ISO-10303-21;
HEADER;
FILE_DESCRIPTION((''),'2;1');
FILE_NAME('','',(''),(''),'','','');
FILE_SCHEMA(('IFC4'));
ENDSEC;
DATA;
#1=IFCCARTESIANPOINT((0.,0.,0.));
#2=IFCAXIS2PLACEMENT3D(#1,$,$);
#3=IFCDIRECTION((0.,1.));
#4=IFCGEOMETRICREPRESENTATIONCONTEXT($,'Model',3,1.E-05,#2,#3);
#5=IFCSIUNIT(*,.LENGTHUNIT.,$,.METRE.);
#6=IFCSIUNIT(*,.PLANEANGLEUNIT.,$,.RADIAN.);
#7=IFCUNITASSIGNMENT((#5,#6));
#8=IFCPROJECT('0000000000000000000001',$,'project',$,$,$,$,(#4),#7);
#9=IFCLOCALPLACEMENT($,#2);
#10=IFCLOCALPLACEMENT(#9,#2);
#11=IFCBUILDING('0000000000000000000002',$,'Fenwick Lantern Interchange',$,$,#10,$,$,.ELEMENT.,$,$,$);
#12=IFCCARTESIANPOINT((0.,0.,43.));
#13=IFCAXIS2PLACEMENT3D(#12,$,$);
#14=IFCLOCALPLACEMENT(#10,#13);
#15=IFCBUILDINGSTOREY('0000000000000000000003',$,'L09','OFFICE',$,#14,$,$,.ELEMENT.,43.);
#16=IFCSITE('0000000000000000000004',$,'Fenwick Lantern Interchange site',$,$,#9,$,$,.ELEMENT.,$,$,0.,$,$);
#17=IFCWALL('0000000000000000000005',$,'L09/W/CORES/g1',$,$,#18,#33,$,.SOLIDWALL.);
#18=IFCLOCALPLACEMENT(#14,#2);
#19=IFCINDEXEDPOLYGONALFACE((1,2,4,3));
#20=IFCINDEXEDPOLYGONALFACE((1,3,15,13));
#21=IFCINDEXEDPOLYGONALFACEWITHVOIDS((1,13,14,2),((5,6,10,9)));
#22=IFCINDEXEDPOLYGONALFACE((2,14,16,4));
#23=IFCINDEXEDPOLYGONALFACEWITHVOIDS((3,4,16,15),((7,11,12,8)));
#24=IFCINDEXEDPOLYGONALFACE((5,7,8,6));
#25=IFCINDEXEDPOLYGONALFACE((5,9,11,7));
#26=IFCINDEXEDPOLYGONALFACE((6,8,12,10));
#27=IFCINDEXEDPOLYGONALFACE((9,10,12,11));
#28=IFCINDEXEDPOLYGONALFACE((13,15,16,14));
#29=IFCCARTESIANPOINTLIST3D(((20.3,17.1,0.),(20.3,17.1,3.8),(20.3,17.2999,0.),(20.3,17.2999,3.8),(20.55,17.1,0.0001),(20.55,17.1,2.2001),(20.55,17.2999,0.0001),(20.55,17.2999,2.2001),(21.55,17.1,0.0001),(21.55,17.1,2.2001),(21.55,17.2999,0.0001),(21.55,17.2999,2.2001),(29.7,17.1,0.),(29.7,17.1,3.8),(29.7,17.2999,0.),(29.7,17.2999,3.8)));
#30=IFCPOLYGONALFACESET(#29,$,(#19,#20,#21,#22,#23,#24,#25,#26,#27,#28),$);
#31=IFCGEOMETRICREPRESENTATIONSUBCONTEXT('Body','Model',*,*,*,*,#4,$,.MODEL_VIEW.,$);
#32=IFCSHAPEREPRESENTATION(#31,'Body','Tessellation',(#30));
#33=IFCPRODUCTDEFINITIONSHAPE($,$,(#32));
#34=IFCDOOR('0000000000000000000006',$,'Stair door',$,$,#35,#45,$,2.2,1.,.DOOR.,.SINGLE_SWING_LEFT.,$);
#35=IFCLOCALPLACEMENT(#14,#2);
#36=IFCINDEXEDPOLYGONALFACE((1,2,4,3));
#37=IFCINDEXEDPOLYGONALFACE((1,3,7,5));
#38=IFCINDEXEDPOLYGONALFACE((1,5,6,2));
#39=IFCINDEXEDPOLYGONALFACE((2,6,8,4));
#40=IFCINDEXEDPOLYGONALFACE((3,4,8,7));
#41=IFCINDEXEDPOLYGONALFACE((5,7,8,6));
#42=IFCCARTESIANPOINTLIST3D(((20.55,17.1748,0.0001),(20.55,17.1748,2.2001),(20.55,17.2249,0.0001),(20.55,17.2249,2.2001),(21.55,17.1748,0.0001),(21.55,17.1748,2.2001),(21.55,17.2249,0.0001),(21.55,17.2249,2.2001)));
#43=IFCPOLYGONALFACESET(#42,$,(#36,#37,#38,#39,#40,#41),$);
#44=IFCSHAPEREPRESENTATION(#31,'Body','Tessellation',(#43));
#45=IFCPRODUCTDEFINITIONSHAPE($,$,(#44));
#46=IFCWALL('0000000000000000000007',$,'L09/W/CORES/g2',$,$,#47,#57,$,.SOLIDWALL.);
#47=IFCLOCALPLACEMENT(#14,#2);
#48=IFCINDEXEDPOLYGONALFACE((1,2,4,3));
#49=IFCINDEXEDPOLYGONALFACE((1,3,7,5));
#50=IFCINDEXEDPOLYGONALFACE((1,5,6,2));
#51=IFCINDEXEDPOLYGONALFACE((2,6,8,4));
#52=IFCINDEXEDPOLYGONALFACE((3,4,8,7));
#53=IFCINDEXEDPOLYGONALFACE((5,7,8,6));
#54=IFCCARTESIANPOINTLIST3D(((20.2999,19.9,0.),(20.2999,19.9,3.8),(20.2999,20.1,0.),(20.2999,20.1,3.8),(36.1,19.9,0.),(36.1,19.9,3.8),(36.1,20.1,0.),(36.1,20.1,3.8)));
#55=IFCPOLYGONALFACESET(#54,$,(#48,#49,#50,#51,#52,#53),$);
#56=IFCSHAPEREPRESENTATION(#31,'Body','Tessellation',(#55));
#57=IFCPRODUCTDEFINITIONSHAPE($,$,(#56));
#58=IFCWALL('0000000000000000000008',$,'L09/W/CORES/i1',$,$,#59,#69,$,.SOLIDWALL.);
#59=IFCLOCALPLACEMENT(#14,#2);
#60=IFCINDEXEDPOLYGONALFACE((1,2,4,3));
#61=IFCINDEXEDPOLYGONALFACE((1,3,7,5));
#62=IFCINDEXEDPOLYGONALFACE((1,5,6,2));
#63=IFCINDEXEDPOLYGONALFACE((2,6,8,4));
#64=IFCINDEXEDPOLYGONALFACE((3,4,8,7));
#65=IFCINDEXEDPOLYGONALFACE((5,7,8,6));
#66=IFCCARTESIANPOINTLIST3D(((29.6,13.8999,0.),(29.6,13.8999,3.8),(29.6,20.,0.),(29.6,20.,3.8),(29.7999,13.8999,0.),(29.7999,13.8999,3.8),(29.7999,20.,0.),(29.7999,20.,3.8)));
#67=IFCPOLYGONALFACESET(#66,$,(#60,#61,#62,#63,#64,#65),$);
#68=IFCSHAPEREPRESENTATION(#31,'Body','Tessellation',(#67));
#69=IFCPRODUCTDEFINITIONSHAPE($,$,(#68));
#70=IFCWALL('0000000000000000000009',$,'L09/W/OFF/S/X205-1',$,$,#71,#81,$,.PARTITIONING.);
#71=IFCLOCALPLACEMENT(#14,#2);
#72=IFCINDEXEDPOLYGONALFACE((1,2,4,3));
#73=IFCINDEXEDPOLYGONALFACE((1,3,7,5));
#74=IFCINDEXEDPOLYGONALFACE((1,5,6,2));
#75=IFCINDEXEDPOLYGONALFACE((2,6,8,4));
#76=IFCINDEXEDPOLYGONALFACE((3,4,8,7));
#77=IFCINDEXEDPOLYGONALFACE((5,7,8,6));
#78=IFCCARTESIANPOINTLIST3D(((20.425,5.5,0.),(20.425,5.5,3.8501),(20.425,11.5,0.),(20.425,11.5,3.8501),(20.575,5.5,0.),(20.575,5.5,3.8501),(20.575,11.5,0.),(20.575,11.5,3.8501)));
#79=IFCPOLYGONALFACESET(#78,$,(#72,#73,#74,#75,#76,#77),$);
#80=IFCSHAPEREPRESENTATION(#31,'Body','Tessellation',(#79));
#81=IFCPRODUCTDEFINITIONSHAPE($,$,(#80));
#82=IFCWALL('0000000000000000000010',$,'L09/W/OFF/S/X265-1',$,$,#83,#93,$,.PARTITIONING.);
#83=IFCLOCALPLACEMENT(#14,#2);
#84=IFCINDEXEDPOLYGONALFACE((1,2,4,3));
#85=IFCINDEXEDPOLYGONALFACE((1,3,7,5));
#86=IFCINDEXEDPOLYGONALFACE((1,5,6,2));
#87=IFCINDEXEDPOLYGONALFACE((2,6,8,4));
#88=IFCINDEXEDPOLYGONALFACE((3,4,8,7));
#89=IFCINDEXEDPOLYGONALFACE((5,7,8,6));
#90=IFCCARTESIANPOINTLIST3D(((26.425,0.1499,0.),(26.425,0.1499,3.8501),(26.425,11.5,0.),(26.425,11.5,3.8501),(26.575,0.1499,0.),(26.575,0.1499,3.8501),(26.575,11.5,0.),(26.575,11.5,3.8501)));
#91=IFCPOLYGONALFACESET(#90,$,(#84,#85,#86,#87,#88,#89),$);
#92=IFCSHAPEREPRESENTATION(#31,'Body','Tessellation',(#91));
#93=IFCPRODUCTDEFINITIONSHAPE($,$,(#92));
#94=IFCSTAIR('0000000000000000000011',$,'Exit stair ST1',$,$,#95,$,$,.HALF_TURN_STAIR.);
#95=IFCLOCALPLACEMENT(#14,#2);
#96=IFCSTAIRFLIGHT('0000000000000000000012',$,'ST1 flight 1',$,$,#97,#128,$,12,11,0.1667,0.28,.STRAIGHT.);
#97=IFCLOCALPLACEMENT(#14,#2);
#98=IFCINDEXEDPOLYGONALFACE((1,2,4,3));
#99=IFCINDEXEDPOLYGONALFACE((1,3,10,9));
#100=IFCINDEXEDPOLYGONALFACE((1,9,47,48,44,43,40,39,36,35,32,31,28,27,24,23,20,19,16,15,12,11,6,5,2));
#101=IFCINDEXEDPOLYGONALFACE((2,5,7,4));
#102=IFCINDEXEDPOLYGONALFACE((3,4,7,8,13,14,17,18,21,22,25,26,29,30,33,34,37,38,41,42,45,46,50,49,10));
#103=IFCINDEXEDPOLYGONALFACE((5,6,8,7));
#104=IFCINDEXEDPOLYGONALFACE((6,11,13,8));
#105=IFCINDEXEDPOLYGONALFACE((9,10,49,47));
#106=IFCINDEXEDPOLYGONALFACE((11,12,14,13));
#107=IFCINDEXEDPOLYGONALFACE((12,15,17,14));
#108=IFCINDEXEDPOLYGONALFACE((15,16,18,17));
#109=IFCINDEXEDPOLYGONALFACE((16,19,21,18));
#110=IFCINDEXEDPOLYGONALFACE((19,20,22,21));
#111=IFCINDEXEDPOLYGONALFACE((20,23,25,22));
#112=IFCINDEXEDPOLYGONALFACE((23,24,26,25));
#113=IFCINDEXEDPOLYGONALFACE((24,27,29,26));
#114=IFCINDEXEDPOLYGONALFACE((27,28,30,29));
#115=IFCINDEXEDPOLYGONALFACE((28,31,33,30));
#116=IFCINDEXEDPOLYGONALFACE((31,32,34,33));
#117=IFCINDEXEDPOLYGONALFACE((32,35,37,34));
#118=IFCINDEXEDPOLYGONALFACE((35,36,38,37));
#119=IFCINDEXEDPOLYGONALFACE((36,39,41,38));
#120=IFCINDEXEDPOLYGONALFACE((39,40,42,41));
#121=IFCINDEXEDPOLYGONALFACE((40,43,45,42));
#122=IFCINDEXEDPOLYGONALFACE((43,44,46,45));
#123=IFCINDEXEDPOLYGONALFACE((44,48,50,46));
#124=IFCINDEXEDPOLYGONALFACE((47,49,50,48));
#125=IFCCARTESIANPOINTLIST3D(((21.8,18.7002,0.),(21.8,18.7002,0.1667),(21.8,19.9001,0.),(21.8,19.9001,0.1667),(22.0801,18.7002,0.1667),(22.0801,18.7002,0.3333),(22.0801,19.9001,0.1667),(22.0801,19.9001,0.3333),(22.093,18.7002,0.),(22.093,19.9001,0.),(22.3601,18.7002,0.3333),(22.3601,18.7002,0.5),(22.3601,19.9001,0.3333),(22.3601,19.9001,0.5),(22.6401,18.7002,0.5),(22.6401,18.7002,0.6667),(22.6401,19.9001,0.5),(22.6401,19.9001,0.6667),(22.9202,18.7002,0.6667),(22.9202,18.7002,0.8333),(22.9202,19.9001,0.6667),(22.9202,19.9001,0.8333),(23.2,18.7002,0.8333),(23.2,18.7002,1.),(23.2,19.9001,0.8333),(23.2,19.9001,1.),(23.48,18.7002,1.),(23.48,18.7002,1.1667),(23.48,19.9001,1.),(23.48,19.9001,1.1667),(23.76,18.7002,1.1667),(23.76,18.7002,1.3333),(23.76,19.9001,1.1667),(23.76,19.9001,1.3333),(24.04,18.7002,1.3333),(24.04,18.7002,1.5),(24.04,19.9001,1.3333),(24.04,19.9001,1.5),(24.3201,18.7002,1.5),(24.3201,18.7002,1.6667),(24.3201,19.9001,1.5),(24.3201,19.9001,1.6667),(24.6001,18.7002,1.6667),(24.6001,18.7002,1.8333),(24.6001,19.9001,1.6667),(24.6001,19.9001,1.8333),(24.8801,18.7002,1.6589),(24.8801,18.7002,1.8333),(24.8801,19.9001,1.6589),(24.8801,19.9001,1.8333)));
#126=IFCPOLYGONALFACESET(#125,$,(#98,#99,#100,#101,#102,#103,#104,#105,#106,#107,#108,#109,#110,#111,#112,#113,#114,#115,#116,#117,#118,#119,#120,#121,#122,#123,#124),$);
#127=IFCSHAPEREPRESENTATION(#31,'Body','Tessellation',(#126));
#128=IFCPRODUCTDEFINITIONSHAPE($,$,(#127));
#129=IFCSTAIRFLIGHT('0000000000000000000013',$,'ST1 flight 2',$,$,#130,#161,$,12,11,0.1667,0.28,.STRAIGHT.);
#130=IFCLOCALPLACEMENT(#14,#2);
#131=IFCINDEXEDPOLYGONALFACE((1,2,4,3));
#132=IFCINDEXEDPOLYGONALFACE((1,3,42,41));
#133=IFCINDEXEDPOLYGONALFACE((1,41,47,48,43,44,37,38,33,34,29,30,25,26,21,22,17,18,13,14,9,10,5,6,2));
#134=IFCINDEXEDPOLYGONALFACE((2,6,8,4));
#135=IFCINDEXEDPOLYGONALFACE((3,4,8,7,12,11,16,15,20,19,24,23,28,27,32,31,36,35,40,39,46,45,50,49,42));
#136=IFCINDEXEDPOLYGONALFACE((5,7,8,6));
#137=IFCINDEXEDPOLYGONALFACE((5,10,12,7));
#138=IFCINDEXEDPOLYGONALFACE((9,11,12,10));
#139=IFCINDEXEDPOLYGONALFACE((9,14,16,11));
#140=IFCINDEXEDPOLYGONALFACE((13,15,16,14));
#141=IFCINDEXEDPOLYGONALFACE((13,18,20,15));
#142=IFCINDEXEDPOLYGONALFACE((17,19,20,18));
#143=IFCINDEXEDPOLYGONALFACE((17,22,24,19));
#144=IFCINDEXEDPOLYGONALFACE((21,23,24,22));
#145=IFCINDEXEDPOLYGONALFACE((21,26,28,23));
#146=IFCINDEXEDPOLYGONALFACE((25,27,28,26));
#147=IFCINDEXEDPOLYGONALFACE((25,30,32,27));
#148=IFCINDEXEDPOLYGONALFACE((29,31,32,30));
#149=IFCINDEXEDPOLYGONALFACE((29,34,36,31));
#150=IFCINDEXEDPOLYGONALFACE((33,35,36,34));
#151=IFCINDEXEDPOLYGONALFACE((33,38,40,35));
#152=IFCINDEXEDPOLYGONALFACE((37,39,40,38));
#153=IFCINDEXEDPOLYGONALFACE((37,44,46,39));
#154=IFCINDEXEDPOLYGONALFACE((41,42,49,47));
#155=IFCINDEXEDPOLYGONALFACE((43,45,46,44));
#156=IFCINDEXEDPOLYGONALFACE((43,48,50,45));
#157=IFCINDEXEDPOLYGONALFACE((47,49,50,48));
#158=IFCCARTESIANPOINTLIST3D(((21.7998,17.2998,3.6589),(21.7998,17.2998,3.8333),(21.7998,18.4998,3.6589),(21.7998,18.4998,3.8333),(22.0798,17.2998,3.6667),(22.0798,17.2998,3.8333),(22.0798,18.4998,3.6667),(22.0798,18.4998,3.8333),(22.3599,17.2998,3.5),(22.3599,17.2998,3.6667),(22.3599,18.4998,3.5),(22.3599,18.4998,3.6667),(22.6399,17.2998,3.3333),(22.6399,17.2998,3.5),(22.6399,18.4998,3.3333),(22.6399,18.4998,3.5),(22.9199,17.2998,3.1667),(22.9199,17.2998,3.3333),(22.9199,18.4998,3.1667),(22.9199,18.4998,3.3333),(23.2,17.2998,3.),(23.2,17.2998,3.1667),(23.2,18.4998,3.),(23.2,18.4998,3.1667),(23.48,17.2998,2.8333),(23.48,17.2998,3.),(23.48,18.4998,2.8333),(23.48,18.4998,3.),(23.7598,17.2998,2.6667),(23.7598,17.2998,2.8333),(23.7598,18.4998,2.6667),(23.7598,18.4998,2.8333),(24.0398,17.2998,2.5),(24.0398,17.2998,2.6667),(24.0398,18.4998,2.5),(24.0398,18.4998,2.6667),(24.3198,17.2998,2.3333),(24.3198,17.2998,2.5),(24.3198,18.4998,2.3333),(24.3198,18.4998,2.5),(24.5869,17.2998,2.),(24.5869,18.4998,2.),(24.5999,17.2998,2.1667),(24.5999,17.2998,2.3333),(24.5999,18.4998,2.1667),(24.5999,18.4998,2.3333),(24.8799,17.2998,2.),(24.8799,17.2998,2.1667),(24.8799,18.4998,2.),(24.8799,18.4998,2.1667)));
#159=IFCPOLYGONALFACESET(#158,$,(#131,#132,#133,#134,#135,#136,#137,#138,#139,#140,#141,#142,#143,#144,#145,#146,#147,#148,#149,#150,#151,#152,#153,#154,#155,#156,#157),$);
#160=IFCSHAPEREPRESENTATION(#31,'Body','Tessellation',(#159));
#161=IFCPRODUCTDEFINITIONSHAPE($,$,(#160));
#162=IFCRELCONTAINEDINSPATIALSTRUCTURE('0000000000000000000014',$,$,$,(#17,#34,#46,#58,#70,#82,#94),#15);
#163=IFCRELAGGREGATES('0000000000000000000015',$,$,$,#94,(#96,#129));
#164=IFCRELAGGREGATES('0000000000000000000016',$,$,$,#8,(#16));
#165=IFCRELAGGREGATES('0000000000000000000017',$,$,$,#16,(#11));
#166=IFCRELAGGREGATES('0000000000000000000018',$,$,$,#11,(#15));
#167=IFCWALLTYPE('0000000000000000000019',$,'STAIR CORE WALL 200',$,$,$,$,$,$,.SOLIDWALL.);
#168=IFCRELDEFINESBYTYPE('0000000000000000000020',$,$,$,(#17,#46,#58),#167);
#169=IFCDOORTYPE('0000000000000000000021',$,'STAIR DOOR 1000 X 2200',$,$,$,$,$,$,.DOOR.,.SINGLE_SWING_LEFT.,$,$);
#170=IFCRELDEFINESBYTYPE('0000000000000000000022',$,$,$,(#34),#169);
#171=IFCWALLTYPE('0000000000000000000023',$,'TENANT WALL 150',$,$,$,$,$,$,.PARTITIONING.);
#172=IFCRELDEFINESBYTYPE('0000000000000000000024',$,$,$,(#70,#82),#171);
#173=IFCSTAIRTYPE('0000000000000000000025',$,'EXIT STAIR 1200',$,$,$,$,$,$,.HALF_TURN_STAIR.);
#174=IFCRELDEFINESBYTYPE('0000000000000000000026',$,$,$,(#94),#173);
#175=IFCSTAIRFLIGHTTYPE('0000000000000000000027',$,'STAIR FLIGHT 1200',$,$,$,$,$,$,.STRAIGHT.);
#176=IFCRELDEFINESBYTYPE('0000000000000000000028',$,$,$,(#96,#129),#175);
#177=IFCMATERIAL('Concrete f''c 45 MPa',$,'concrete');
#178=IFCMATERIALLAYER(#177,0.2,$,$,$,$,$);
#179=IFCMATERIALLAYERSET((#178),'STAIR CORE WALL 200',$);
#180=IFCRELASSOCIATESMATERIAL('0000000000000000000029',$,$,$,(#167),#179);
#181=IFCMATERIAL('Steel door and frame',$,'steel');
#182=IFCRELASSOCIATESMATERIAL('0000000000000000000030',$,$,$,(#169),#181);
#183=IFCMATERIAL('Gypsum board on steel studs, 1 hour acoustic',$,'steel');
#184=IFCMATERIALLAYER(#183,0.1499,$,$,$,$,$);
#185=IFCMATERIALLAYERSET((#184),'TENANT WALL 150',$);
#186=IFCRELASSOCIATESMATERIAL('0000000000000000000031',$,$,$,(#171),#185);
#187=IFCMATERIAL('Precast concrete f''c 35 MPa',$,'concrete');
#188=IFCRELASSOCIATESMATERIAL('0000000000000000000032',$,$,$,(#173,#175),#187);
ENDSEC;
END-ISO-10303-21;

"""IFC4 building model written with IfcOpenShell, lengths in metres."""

from ifc_helpers import new_model, si_unit, direction, frame, frame_2d, origin, place, context, subcontext, project, spatial, polyline, rectangle, outline, extrude, material, layer, layer_set, type_object, element, fill, aggregate, save


model = new_model("IFC4")

# Units and contexts
model_context = context("Model", 3, precision=1e-05, world=origin(), true_north=direction((0.0, 1.0)))
body_context = subcontext(model_context, "Body", "Model", "MODEL_VIEW")
ifc_project = project(units=[si_unit("LENGTHUNIT", "METRE"), si_unit("PLANEANGLEUNIT", "RADIAN")], contexts=[model_context])

# Site, building, storey
site_placement = place(None, origin())
site = spatial("IfcSite", under=ifc_project, at=site_placement, Name="Fenwick Lantern Interchange site", CompositionType="ELEMENT", RefElevation=0.0)
building_placement = place(site_placement, origin())
building = spatial("IfcBuilding", under=site, at=building_placement, Name="Fenwick Lantern Interchange", CompositionType="ELEMENT")
storey_placement = place(building_placement, frame((0.0, 0.0, 43.0)))
storey = spatial("IfcBuildingStorey", under=building, at=storey_placement, Name="L09", Description="OFFICE", CompositionType="ELEMENT", Elevation=43.0)

# Shared definitions
ifc_material_1 = material(Name="Steel door and frame", Category="steel")

# Shared definitions
ifc_material_2 = material(Name="Concrete f'c 45 MPa", Category="concrete")
ifc_layer_1 = layer(ifc_material_2, 0.2)
ifc_layer_set_1 = layer_set([ifc_layer_1], Name="STAIR CORE WALL 200")
wall_type_1 = type_object("IfcWallType", Name="STAIR CORE WALL 200", PredefinedType="SOLIDWALL", material=ifc_layer_set_1)

# Wall, opening, door
wall_1_placement = place(storey_placement, frame((20.3, 17.2, 0.0), z_axis=(0.0, 0.0, 1.0), x_axis=(1.0, 0.0, 0.0)))
wall_1 = element("IfcWall", 1, at=wall_1_placement, inside=storey, type_object=wall_type_1, Name="L09/W/CORES/g1", PredefinedType="SOLIDWALL", context=body_context, shape_type="SweptSolid", body=[
    extrude(rectangle(XDim=9.3999, YDim=0.2, at=frame_2d((4.7, 0.0))), origin(), (0.0, 0.0, 1.0), 3.8),
])
opening_1_placement = place(wall_1_placement, frame((0.25, 0.0, 0.0)))
opening_1 = element("IfcOpeningElement", 2, at=opening_1_placement, cuts=wall_1, PredefinedType="OPENING", context=body_context, shape_type="SweptSolid", body=[
    extrude(rectangle(XDim=1.0, YDim=2.2, at=frame_2d((0.5, 1.1001))), frame((0.0, 0.1099, 0.0), z_axis=(0.0, -1.0, 0.0), x_axis=(1.0, 0.0, 0.0)), (0.0, 0.0, 1.0), 0.22),
])
door_type_1 = type_object("IfcDoorType", Name="STAIR DOOR 1000 X 2200", OperationType="SINGLE_SWING_LEFT", PredefinedType="DOOR", material=ifc_material_1)
door_1_placement = place(opening_1_placement, origin())
door_1 = element("IfcDoor", 3, at=door_1_placement, inside=storey, type_object=door_type_1, Name="Stair door", OperationType="SINGLE_SWING_LEFT", OverallHeight=2.2, OverallWidth=1.0, PredefinedType="DOOR", context=body_context, shape_type="SweptSolid", body=[
    extrude(rectangle(XDim=1.0, YDim=2.2, at=frame_2d((0.5, 1.1001))), frame((0.0, 0.0249, 0.0), z_axis=(0.0, -1.0, 0.0), x_axis=(1.0, 0.0, 0.0)), (0.0, 0.0, 1.0), 0.05),
])
fill(opening_1, door_1)

# Walls
wall_2_placement = place(storey_placement, frame((20.3, 20.0, 0.0), z_axis=(0.0, 0.0, 1.0), x_axis=(1.0, 0.0, 0.0)))
element("IfcWall", 4, at=wall_2_placement, inside=storey, type_object=wall_type_1, Name="L09/W/CORES/g2", PredefinedType="SOLIDWALL", context=body_context, shape_type="SweptSolid", body=[
    extrude(rectangle(XDim=15.8, YDim=0.2, at=frame_2d((7.8999, 0.0))), origin(), (0.0, 0.0, 1.0), 3.8),
])
wall_3_placement = place(storey_placement, frame((29.7, 13.8999, 0.0), z_axis=(0.0, 0.0, 1.0), x_axis=(0.0, 1.0, 0.0)))
element("IfcWall", 5, at=wall_3_placement, inside=storey, type_object=wall_type_1, Name="L09/W/CORES/i1", PredefinedType="SOLIDWALL", context=body_context, shape_type="SweptSolid", body=[
    extrude(rectangle(XDim=6.1001, YDim=0.2, at=frame_2d((3.05, 0.0))), origin(), (0.0, 0.0, 1.0), 3.8),
])
ifc_material_3 = material(Name="Gypsum board on steel studs, 1 hour acoustic", Category="steel")
ifc_layer_2 = layer(ifc_material_3, 0.1499)
ifc_layer_set_2 = layer_set([ifc_layer_2], Name="TENANT WALL 150")
wall_type_2 = type_object("IfcWallType", Name="TENANT WALL 150", PredefinedType="PARTITIONING", material=ifc_layer_set_2)
wall_4_placement = place(storey_placement, frame((20.5, 5.5, 0.0), z_axis=(0.0, 0.0, 1.0), x_axis=(0.0, 1.0, 0.0)))
element("IfcWall", 6, at=wall_4_placement, inside=storey, type_object=wall_type_2, Name="L09/W/OFF/S/X205-1", PredefinedType="PARTITIONING", context=body_context, shape_type="SweptSolid", body=[
    extrude(rectangle(XDim=6.0, YDim=0.1499, at=frame_2d((3.0, 0.0))), origin(), (0.0, 0.0, 1.0), 3.8501),
])
wall_5_placement = place(storey_placement, frame((26.5, 0.1499, 0.0), z_axis=(0.0, 0.0, 1.0), x_axis=(0.0, 1.0, 0.0)))
element("IfcWall", 7, at=wall_5_placement, inside=storey, type_object=wall_type_2, Name="L09/W/OFF/S/X265-1", PredefinedType="PARTITIONING", context=body_context, shape_type="SweptSolid", body=[
    extrude(rectangle(XDim=11.3501, YDim=0.1499, at=frame_2d((5.675, 0.0))), origin(), (0.0, 0.0, 1.0), 3.8501),
])

# Stair, stair flights
ifc_material_4 = material(Name="Precast concrete f'c 35 MPa", Category="concrete")
stair_type = type_object("IfcStairType", Name="EXIT STAIR 1200", PredefinedType="HALF_TURN_STAIR", material=ifc_material_4)
stair_placement = place(storey_placement, origin())
stair = element("IfcStair", 8, at=stair_placement, inside=storey, type_object=stair_type, Name="Exit stair ST1", PredefinedType="HALF_TURN_STAIR")
stair_flight_type = type_object("IfcStairFlightType", Name="STAIR FLIGHT 1200", PredefinedType="STRAIGHT", material=ifc_material_4)
stair_flight_1_placement = place(storey_placement, frame((21.8, 19.3, 0.0), z_axis=(0.0, 0.0, 1.0), x_axis=(1.0, 0.0, 0.0)))
stair_flight_1 = element("IfcStairFlight", 9, at=stair_flight_1_placement, type_object=stair_flight_type, Name="ST1 flight 1", NumberOfRisers=12, NumberOfTreads=11, PredefinedType="STRAIGHT", RiserHeight=0.1667, TreadLength=0.28, context=body_context, shape_type="SweptSolid", body=[
    extrude(outline(polyline([(0.0, 0.0), (0.0, 0.1667), (0.28, 0.1667), (0.28, 0.3333), (0.5601, 0.3333), (0.5601, 0.5), (0.8401, 0.5), (0.8401, 0.6667), (1.1201, 0.6667), (1.1201, 0.8333), (1.3999, 0.8333), (1.3999, 1.0), (1.6799, 1.0), (1.6799, 1.1667), (1.96, 1.1667), (1.96, 1.3333), (2.24, 1.3333), (2.24, 1.5), (2.52, 1.5), (2.52, 1.6667), (2.8, 1.6667), (2.8, 1.8333), (3.0801, 1.8333), (3.0801, 2.0), (3.0801, 1.6589), (0.293, 0.0), (0.0, 0.0)])), frame((0.0, 0.6001, 0.0), z_axis=(0.0, -1.0, 0.0), x_axis=(1.0, 0.0, 0.0)), (0.0, 0.0, 1.0), 1.2),
])
stair_flight_2_placement = place(storey_placement, frame((24.8799, 17.8999, 2.0), z_axis=(0.0, 0.0, 1.0), x_axis=(-1.0, 0.0, 0.0)))
stair_flight_2 = element("IfcStairFlight", 10, at=stair_flight_2_placement, type_object=stair_flight_type, Name="ST1 flight 2", NumberOfRisers=12, NumberOfTreads=11, PredefinedType="STRAIGHT", RiserHeight=0.1667, TreadLength=0.28, context=body_context, shape_type="SweptSolid", body=[
    extrude(outline(polyline([(0.0, 0.0), (0.0, 0.1667), (0.28, 0.1667), (0.28, 0.3333), (0.5601, 0.3333), (0.5601, 0.5), (0.8401, 0.5), (0.8401, 0.6667), (1.1201, 0.6667), (1.1201, 0.8333), (1.3999, 0.8333), (1.3999, 1.0), (1.6799, 1.0), (1.6799, 1.1667), (1.96, 1.1667), (1.96, 1.3333), (2.24, 1.3333), (2.24, 1.5), (2.52, 1.5), (2.52, 1.6667), (2.8, 1.6667), (2.8, 1.8333), (3.0801, 1.8333), (3.0801, 2.0), (3.0801, 1.6589), (0.293, 0.0), (0.0, 0.0)])), frame((0.0, 0.6001, 0.0), z_axis=(0.0, -1.0, 0.0), x_axis=(1.0, 0.0, 0.0)), (0.0, 0.0, 1.0), 1.2),
])
aggregate(stair, [stair_flight_1, stair_flight_2])

save(model, "model.ifc")
